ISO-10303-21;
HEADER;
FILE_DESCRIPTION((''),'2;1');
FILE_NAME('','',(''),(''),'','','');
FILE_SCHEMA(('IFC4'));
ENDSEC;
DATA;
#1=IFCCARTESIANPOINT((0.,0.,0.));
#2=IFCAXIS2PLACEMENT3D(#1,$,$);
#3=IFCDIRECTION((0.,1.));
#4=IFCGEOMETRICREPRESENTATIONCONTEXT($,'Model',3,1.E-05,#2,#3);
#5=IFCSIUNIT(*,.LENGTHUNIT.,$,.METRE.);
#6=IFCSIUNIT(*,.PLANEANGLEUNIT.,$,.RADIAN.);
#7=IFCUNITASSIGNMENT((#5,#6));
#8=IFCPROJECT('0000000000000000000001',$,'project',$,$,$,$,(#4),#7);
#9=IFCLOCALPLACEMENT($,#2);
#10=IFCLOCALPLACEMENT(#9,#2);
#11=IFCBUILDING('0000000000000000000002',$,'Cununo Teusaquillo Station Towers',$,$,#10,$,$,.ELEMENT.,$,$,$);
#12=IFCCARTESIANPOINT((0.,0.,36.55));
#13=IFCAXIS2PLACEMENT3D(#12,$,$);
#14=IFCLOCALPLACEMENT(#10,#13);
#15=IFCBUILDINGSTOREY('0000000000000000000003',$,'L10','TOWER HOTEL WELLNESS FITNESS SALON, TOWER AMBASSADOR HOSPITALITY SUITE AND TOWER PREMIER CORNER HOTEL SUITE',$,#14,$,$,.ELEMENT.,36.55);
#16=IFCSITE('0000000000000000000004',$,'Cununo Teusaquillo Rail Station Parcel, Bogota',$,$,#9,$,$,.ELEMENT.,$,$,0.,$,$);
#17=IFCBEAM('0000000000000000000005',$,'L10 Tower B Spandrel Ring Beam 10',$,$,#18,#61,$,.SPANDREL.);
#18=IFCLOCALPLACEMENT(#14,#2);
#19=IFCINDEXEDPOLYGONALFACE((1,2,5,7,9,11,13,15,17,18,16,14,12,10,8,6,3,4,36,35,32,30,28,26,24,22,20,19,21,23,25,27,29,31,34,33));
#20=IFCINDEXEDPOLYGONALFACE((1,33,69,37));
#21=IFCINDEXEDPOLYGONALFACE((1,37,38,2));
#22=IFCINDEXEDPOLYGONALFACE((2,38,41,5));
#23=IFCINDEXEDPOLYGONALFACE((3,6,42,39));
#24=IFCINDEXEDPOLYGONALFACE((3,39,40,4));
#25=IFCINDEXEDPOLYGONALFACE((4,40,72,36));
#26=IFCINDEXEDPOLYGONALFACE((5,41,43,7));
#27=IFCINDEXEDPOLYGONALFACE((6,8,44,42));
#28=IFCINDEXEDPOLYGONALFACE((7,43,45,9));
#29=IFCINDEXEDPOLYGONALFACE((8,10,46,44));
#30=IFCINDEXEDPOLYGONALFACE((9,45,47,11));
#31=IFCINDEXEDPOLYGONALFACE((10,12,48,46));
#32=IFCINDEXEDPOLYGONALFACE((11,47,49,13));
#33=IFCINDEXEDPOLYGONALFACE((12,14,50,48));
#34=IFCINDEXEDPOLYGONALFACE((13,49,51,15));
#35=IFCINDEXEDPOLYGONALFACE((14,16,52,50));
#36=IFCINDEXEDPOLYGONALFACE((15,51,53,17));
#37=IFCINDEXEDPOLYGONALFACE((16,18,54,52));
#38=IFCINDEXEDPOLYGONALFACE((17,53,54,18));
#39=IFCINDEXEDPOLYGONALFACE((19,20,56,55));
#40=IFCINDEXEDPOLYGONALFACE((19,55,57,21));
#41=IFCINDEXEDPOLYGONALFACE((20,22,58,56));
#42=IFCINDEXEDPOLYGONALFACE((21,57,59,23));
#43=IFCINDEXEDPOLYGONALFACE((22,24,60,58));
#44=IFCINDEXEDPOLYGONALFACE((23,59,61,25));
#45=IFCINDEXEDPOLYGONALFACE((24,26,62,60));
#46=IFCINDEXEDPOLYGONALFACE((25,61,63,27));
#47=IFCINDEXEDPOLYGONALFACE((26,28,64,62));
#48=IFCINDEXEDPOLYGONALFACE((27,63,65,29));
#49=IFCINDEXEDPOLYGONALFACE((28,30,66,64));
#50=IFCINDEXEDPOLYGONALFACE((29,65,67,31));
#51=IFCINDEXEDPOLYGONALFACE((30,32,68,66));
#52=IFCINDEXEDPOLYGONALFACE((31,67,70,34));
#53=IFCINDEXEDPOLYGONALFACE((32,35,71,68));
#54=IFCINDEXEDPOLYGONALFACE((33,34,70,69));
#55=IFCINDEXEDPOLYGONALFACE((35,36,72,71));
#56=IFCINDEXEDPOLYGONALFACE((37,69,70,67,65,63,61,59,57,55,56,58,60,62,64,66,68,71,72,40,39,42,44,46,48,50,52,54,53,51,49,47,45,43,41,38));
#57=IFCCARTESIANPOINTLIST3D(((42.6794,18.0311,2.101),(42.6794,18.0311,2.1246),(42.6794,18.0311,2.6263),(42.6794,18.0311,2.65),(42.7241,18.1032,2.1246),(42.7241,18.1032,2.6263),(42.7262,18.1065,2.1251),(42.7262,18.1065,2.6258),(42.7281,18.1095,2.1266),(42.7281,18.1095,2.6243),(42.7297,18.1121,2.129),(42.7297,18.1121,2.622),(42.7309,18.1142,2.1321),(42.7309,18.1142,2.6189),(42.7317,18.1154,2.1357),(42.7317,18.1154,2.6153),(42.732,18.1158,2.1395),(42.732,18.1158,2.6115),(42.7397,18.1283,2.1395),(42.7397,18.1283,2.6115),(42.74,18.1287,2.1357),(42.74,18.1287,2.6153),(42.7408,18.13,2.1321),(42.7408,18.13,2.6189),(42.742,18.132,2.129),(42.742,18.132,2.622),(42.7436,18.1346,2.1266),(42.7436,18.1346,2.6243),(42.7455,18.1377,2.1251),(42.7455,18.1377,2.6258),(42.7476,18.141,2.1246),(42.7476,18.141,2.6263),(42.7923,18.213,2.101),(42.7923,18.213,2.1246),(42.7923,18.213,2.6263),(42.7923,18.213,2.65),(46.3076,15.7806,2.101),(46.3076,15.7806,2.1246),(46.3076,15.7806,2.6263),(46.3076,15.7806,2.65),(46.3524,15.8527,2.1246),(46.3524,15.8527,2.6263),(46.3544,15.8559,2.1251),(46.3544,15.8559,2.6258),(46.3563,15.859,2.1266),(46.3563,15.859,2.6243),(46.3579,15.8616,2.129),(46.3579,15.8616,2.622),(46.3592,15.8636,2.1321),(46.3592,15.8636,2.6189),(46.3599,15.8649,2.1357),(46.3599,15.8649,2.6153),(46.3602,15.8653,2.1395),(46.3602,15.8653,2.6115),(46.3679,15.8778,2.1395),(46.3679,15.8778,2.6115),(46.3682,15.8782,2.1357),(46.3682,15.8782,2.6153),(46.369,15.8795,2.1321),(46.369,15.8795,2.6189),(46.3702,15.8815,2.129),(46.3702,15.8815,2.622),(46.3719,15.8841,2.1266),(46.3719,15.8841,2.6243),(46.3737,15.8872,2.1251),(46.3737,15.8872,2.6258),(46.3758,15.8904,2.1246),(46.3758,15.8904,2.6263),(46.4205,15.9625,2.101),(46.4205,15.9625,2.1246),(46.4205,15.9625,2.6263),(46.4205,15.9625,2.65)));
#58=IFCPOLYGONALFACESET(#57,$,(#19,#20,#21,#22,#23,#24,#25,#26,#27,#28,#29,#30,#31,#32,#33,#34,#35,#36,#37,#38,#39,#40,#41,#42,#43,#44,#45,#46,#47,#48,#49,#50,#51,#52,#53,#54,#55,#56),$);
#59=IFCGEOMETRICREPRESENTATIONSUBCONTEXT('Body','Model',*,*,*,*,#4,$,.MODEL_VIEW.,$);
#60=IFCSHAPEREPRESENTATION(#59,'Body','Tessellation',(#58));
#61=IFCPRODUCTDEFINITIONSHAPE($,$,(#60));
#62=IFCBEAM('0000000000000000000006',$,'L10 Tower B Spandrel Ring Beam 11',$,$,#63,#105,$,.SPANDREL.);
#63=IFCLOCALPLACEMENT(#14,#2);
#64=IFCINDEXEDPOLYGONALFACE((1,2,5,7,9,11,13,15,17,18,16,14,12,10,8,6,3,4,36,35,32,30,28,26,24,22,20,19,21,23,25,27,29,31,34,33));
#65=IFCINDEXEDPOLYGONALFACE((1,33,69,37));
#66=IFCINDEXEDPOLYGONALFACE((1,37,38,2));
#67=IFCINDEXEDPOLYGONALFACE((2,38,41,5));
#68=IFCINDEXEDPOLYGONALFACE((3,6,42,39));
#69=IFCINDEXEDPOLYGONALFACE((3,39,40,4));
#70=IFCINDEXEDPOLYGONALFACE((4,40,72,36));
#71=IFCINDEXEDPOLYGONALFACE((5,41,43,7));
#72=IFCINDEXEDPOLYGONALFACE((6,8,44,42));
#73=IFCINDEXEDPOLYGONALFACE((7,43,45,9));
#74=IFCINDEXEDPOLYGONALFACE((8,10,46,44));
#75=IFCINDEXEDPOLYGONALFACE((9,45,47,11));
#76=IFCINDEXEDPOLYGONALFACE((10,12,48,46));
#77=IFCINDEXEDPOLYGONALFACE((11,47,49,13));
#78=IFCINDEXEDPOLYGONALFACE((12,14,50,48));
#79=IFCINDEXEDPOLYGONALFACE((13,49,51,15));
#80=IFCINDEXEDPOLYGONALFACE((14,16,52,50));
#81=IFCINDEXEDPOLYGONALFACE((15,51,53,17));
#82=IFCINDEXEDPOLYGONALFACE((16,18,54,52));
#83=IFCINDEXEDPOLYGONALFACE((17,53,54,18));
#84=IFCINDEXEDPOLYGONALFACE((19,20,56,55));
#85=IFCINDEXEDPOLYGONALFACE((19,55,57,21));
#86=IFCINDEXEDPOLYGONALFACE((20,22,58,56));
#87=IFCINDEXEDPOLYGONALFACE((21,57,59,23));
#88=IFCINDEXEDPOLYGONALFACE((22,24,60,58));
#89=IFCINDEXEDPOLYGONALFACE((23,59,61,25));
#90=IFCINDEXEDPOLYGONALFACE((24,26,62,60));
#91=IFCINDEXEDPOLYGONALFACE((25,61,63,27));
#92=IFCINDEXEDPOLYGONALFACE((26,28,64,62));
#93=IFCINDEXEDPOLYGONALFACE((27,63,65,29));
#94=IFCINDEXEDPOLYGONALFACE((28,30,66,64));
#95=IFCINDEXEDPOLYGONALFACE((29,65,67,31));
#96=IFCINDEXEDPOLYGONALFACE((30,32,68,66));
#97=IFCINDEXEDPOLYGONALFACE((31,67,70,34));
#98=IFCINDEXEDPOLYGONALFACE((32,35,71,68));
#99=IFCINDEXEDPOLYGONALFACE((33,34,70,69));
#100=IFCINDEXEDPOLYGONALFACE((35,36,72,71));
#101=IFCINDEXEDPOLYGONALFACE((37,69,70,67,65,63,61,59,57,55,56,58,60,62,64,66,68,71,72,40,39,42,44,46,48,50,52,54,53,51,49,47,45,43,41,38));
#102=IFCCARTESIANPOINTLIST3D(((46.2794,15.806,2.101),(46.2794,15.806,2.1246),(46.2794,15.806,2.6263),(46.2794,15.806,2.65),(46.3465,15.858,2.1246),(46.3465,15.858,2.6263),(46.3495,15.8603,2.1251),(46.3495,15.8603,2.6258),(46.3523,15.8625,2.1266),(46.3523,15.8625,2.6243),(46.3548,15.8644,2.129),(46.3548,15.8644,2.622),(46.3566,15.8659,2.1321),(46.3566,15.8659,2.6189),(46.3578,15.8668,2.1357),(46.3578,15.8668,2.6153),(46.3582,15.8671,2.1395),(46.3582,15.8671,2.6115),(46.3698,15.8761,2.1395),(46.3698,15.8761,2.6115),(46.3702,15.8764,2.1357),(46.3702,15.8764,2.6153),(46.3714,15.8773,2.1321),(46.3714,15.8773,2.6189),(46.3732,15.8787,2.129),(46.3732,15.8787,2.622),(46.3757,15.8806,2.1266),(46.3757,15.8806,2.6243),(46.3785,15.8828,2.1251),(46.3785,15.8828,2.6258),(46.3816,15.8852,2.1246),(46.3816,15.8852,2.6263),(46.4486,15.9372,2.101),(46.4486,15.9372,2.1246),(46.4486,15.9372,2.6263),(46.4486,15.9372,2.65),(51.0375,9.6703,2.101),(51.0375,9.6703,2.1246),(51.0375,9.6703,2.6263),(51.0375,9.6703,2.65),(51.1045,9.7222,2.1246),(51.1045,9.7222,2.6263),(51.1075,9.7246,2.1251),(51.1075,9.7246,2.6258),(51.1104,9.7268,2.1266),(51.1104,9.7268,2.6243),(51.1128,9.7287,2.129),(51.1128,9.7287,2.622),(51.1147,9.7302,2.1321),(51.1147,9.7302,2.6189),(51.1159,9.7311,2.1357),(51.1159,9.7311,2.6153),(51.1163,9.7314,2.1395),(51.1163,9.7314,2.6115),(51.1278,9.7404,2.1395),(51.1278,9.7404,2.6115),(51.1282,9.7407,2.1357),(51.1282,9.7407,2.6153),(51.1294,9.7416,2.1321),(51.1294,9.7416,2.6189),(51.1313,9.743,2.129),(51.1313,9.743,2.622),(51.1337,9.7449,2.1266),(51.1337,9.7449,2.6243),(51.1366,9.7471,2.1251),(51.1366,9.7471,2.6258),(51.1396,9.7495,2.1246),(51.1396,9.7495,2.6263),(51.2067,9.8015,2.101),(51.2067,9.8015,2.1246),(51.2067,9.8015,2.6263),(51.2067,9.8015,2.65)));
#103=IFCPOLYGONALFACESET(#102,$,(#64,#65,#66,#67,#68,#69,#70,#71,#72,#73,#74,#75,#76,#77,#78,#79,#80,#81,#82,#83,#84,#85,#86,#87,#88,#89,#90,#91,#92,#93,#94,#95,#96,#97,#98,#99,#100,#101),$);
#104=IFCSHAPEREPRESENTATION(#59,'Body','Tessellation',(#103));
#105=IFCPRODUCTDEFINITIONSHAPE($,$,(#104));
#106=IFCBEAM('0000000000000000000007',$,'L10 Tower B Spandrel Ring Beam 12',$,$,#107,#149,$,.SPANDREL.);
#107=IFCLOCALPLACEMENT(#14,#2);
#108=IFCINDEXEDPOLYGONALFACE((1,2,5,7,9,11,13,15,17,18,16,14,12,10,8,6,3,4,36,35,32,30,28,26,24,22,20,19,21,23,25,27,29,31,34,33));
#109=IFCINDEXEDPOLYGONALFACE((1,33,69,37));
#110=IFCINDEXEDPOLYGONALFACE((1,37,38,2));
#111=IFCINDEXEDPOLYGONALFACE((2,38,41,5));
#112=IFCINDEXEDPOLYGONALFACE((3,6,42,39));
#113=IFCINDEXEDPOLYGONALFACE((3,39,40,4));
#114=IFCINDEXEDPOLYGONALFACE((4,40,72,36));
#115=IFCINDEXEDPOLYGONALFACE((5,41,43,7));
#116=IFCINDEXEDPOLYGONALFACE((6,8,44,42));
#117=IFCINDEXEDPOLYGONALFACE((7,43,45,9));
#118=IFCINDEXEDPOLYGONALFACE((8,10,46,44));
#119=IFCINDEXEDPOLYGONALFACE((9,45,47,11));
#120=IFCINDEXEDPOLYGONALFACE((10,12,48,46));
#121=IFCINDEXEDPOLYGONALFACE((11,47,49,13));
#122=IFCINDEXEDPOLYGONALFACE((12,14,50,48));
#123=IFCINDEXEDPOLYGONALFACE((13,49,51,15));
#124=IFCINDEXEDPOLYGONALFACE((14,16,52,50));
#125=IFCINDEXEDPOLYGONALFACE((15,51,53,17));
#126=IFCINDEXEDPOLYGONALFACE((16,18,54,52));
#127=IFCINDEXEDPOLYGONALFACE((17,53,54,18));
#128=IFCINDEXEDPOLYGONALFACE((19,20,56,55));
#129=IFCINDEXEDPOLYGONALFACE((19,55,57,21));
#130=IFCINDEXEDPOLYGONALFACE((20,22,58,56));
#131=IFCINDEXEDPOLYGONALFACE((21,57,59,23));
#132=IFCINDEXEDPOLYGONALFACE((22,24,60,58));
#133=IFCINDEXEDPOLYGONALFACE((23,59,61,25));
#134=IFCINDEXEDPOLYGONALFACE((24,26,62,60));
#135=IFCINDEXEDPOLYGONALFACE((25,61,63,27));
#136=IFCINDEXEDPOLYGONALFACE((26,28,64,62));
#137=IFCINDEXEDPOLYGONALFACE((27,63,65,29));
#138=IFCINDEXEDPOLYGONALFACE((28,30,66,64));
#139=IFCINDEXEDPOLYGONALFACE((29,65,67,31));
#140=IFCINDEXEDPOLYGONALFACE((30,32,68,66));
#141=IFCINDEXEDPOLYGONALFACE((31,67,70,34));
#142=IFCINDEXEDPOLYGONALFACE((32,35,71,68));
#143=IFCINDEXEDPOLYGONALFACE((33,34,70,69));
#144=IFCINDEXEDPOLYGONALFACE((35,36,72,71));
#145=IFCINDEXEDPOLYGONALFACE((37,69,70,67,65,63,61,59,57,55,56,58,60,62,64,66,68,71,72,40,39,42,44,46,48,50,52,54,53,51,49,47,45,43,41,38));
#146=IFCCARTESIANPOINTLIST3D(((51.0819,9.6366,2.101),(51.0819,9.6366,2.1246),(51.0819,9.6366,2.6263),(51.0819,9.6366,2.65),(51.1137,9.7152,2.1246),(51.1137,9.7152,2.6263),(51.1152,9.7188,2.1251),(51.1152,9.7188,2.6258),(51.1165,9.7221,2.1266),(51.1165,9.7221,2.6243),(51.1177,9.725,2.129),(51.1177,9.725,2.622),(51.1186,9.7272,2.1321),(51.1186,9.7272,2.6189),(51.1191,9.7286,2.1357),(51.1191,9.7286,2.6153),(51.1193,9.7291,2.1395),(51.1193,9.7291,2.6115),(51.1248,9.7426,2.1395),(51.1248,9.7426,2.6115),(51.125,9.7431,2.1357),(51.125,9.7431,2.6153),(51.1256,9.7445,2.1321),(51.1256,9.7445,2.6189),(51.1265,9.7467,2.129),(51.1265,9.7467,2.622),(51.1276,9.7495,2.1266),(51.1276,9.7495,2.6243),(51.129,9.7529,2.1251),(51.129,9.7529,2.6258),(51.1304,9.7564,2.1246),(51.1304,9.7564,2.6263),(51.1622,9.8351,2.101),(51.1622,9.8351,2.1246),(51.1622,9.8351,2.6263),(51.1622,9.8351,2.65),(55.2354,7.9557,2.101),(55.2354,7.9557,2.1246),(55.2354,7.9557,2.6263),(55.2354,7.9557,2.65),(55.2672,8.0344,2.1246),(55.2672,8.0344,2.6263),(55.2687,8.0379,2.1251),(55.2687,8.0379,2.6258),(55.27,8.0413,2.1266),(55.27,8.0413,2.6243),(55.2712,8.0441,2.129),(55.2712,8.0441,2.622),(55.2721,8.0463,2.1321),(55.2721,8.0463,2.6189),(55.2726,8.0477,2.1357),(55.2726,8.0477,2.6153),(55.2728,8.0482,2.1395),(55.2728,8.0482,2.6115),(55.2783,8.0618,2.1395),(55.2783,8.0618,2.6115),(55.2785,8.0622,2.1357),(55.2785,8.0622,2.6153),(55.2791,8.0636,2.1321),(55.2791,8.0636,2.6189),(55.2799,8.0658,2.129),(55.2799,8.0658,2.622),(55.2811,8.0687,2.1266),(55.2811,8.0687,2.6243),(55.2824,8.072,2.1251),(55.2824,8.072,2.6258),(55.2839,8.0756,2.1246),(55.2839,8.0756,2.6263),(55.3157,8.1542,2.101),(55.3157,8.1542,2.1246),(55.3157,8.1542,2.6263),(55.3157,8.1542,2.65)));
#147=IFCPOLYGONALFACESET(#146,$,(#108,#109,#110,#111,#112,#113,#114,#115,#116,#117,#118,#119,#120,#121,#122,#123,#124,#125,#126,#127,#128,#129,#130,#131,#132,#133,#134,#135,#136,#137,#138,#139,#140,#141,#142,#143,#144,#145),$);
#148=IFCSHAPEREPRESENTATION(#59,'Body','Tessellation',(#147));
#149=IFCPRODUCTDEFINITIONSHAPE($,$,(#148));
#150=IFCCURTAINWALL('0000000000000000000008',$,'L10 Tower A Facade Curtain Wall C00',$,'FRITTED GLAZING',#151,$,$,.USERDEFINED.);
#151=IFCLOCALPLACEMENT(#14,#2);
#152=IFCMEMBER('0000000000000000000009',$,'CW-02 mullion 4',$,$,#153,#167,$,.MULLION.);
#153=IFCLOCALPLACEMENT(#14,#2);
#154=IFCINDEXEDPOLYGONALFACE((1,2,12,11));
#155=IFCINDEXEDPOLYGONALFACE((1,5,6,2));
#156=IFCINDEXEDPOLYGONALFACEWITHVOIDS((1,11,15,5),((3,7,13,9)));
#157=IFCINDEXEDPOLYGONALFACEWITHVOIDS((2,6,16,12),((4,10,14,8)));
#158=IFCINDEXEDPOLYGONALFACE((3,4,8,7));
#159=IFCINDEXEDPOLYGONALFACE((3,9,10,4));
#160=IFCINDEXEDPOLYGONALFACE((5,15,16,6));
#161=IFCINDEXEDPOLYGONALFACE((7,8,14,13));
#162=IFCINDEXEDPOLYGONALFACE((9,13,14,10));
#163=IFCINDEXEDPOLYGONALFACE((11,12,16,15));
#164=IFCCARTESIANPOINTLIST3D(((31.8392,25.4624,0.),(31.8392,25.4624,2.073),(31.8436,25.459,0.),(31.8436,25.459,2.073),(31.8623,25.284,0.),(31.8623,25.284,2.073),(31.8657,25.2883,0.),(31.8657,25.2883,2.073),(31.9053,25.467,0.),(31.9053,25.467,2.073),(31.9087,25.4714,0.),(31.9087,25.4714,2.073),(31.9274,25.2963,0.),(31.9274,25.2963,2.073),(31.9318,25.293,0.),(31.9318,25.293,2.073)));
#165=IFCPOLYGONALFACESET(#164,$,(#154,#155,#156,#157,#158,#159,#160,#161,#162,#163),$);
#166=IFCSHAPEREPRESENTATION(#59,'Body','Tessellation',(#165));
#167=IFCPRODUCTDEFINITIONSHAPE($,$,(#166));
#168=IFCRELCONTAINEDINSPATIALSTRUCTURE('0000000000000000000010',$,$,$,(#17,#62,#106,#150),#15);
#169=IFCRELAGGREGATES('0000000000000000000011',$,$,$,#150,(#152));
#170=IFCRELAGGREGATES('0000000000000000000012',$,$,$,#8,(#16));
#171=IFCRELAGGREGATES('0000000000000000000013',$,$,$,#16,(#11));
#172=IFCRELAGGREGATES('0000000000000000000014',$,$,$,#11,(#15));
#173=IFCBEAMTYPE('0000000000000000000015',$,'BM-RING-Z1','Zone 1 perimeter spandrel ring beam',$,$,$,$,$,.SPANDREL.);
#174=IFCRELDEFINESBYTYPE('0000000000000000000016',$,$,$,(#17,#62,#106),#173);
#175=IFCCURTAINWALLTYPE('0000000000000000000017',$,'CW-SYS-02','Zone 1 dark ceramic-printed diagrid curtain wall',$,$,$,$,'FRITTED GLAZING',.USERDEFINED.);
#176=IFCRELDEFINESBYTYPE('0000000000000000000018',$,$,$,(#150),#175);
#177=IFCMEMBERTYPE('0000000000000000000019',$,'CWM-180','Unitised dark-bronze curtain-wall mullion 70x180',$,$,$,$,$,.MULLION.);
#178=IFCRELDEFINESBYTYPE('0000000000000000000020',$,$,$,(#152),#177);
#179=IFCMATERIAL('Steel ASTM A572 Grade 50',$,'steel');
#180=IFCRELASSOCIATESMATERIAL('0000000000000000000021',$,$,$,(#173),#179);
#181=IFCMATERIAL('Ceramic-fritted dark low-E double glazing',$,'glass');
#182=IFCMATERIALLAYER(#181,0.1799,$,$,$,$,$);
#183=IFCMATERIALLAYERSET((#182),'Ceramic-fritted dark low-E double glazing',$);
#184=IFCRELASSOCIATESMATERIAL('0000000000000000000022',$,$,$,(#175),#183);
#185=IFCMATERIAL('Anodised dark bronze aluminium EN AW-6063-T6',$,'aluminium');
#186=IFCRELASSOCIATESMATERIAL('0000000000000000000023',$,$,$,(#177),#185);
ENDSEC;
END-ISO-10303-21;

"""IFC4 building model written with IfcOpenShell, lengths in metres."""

from ifc_helpers import new_model, si_unit, direction, frame, origin, origin_2d, place, context, subcontext, project, spatial, hollow_rectangle, i_section, extrude, material, layer, layer_set, material_profile, profile_set, type_object, element, aggregate, save


model = new_model("IFC4")

# Units and contexts
model_context = context("Model", 3, precision=1e-05, world=origin(), true_north=direction((0.0, 1.0)))
body_context = subcontext(model_context, "Body", "Model", "MODEL_VIEW")
ifc_project = project(units=[si_unit("LENGTHUNIT", "METRE"), si_unit("PLANEANGLEUNIT", "RADIAN")], contexts=[model_context])

# Site, building, storey
site_placement = place(None, origin())
site = spatial("IfcSite", under=ifc_project, at=site_placement, Name="Cununo Teusaquillo Rail Station Parcel, Bogota", CompositionType="ELEMENT", RefElevation=0.0)
building_placement = place(site_placement, origin())
building = spatial("IfcBuilding", under=site, at=building_placement, Name="Cununo Teusaquillo Station Towers", CompositionType="ELEMENT")
storey_placement = place(building_placement, frame((0.0, 0.0, 36.55)))
storey = spatial("IfcBuildingStorey", under=building, at=storey_placement, Name="L10", Description="TOWER HOTEL WELLNESS FITNESS SALON, TOWER AMBASSADOR HOSPITALITY SUITE AND TOWER PREMIER CORNER HOTEL SUITE", CompositionType="ELEMENT", Elevation=36.55)

# Beams
ifc_material_1 = material(Name="Steel ASTM A572 Grade 50", Category="steel")
ifc_material_profile_1 = material_profile(ifc_material_1, i_section(OverallWidth=0.2141, OverallDepth=0.5491, WebThickness=0.0146, FlangeThickness=0.0237, FilletRadius=0.0149, at=origin_2d()), Name="W21X93")
ifc_profile_set_1 = profile_set([ifc_material_profile_1], Name="Steel ASTM A572 Grade 50")
beam_type_1 = type_object("IfcBeamType", Name="BM-RING-Z1", Description="Zone 1 perimeter spandrel ring beam", PredefinedType="SPANDREL", material=ifc_profile_set_1)
beam_1_placement = place(storey_placement, frame((42.7358, 18.1221, 2.3755), z_axis=(0.849796, -0.527112, 0.0), x_axis=(0.527112, 0.849796, 0.0)))
element("IfcBeam", 1, at=beam_1_placement, inside=storey, type_object=beam_type_1, Name="L10 Tower B Spandrel Ring Beam 10", PredefinedType="SPANDREL", context=body_context, shape_type="SweptSolid", body=[
    extrude(i_section(OverallWidth=0.2141, OverallDepth=0.5491, WebThickness=0.0146, FlangeThickness=0.0237, FilletRadius=0.0149, at=origin_2d()), origin(), (0.0, 0.0, 1.0), 4.2695),
])
beam_2_placement = place(storey_placement, frame((46.364, 15.8716, 2.3755), z_axis=(0.612801, -0.790237, 0.0), x_axis=(0.790237, 0.612801, 0.0)))
element("IfcBeam", 2, at=beam_2_placement, inside=storey, type_object=beam_type_1, Name="L10 Tower B Spandrel Ring Beam 11", PredefinedType="SPANDREL", context=body_context, shape_type="SweptSolid", body=[
    extrude(i_section(OverallWidth=0.2141, OverallDepth=0.5491, WebThickness=0.0146, FlangeThickness=0.0237, FilletRadius=0.0149, at=origin_2d()), origin(), (0.0, 0.0, 1.0), 7.7644),
])
beam_3_placement = place(storey_placement, frame((51.1221, 9.7358, 2.3755), z_axis=(0.92697, -0.375136, 0.0), x_axis=(0.375136, 0.92697, 0.0)))
element("IfcBeam", 3, at=beam_3_placement, inside=storey, type_object=beam_type_1, Name="L10 Tower B Spandrel Ring Beam 12", PredefinedType="SPANDREL", context=body_context, shape_type="SweptSolid", body=[
    extrude(i_section(OverallWidth=0.2141, OverallDepth=0.5491, WebThickness=0.0146, FlangeThickness=0.0237, FilletRadius=0.0149, at=origin_2d()), origin(), (0.0, 0.0, 1.0), 4.4807),
])

# Curtain wall, member
ifc_material_2 = material(Name="Ceramic-fritted dark low-E double glazing", Category="glass")
ifc_layer_1 = layer(ifc_material_2, 0.1799)
ifc_layer_set_1 = layer_set([ifc_layer_1], Name="Ceramic-fritted dark low-E double glazing")
curtain_wall_type = type_object("IfcCurtainWallType", Name="CW-SYS-02", Description="Zone 1 dark ceramic-printed diagrid curtain wall", ElementType="FRITTED GLAZING", PredefinedType="USERDEFINED", material=ifc_layer_set_1)
curtain_wall_placement = place(storey_placement, origin())
curtain_wall = element("IfcCurtainWall", 4, at=curtain_wall_placement, inside=storey, type_object=curtain_wall_type, Name="L10 Tower A Facade Curtain Wall C00", ObjectType="FRITTED GLAZING", PredefinedType="USERDEFINED")
ifc_material_3 = material(Name="Anodised dark bronze aluminium EN AW-6063-T6", Category="aluminium")
ifc_material_profile_2 = material_profile(ifc_material_3, hollow_rectangle(XDim=0.0701, YDim=0.1799, WallThickness=0.0039, at=origin_2d()), Name="CW-MULL-70x180")
ifc_profile_set_2 = profile_set([ifc_material_profile_2], Name="Anodised dark bronze aluminium EN AW-6063-T6")
member_type_1 = type_object("IfcMemberType", Name="CWM-180", Description="Unitised dark-bronze curtain-wall mullion 70x180", PredefinedType="MULLION", material=ifc_profile_set_2)
member_1_placement = place(storey_placement, frame((31.8855, 25.3777, 0.0), z_axis=(0.0, 0.0, 1.0), x_axis=(0.991731, 0.128336, 0.0)))
member_1 = element("IfcMember", 5, at=member_1_placement, type_object=member_type_1, Name="CW-02 mullion 4", PredefinedType="MULLION", context=body_context, shape_type="SweptSolid", body=[
    extrude(hollow_rectangle(XDim=0.0701, YDim=0.1799, WallThickness=0.0039, at=origin_2d()), origin(), (0.0, 0.0, 1.0), 2.073),
])
aggregate(curtain_wall, [member_1])

save(model, "model.ifc")
